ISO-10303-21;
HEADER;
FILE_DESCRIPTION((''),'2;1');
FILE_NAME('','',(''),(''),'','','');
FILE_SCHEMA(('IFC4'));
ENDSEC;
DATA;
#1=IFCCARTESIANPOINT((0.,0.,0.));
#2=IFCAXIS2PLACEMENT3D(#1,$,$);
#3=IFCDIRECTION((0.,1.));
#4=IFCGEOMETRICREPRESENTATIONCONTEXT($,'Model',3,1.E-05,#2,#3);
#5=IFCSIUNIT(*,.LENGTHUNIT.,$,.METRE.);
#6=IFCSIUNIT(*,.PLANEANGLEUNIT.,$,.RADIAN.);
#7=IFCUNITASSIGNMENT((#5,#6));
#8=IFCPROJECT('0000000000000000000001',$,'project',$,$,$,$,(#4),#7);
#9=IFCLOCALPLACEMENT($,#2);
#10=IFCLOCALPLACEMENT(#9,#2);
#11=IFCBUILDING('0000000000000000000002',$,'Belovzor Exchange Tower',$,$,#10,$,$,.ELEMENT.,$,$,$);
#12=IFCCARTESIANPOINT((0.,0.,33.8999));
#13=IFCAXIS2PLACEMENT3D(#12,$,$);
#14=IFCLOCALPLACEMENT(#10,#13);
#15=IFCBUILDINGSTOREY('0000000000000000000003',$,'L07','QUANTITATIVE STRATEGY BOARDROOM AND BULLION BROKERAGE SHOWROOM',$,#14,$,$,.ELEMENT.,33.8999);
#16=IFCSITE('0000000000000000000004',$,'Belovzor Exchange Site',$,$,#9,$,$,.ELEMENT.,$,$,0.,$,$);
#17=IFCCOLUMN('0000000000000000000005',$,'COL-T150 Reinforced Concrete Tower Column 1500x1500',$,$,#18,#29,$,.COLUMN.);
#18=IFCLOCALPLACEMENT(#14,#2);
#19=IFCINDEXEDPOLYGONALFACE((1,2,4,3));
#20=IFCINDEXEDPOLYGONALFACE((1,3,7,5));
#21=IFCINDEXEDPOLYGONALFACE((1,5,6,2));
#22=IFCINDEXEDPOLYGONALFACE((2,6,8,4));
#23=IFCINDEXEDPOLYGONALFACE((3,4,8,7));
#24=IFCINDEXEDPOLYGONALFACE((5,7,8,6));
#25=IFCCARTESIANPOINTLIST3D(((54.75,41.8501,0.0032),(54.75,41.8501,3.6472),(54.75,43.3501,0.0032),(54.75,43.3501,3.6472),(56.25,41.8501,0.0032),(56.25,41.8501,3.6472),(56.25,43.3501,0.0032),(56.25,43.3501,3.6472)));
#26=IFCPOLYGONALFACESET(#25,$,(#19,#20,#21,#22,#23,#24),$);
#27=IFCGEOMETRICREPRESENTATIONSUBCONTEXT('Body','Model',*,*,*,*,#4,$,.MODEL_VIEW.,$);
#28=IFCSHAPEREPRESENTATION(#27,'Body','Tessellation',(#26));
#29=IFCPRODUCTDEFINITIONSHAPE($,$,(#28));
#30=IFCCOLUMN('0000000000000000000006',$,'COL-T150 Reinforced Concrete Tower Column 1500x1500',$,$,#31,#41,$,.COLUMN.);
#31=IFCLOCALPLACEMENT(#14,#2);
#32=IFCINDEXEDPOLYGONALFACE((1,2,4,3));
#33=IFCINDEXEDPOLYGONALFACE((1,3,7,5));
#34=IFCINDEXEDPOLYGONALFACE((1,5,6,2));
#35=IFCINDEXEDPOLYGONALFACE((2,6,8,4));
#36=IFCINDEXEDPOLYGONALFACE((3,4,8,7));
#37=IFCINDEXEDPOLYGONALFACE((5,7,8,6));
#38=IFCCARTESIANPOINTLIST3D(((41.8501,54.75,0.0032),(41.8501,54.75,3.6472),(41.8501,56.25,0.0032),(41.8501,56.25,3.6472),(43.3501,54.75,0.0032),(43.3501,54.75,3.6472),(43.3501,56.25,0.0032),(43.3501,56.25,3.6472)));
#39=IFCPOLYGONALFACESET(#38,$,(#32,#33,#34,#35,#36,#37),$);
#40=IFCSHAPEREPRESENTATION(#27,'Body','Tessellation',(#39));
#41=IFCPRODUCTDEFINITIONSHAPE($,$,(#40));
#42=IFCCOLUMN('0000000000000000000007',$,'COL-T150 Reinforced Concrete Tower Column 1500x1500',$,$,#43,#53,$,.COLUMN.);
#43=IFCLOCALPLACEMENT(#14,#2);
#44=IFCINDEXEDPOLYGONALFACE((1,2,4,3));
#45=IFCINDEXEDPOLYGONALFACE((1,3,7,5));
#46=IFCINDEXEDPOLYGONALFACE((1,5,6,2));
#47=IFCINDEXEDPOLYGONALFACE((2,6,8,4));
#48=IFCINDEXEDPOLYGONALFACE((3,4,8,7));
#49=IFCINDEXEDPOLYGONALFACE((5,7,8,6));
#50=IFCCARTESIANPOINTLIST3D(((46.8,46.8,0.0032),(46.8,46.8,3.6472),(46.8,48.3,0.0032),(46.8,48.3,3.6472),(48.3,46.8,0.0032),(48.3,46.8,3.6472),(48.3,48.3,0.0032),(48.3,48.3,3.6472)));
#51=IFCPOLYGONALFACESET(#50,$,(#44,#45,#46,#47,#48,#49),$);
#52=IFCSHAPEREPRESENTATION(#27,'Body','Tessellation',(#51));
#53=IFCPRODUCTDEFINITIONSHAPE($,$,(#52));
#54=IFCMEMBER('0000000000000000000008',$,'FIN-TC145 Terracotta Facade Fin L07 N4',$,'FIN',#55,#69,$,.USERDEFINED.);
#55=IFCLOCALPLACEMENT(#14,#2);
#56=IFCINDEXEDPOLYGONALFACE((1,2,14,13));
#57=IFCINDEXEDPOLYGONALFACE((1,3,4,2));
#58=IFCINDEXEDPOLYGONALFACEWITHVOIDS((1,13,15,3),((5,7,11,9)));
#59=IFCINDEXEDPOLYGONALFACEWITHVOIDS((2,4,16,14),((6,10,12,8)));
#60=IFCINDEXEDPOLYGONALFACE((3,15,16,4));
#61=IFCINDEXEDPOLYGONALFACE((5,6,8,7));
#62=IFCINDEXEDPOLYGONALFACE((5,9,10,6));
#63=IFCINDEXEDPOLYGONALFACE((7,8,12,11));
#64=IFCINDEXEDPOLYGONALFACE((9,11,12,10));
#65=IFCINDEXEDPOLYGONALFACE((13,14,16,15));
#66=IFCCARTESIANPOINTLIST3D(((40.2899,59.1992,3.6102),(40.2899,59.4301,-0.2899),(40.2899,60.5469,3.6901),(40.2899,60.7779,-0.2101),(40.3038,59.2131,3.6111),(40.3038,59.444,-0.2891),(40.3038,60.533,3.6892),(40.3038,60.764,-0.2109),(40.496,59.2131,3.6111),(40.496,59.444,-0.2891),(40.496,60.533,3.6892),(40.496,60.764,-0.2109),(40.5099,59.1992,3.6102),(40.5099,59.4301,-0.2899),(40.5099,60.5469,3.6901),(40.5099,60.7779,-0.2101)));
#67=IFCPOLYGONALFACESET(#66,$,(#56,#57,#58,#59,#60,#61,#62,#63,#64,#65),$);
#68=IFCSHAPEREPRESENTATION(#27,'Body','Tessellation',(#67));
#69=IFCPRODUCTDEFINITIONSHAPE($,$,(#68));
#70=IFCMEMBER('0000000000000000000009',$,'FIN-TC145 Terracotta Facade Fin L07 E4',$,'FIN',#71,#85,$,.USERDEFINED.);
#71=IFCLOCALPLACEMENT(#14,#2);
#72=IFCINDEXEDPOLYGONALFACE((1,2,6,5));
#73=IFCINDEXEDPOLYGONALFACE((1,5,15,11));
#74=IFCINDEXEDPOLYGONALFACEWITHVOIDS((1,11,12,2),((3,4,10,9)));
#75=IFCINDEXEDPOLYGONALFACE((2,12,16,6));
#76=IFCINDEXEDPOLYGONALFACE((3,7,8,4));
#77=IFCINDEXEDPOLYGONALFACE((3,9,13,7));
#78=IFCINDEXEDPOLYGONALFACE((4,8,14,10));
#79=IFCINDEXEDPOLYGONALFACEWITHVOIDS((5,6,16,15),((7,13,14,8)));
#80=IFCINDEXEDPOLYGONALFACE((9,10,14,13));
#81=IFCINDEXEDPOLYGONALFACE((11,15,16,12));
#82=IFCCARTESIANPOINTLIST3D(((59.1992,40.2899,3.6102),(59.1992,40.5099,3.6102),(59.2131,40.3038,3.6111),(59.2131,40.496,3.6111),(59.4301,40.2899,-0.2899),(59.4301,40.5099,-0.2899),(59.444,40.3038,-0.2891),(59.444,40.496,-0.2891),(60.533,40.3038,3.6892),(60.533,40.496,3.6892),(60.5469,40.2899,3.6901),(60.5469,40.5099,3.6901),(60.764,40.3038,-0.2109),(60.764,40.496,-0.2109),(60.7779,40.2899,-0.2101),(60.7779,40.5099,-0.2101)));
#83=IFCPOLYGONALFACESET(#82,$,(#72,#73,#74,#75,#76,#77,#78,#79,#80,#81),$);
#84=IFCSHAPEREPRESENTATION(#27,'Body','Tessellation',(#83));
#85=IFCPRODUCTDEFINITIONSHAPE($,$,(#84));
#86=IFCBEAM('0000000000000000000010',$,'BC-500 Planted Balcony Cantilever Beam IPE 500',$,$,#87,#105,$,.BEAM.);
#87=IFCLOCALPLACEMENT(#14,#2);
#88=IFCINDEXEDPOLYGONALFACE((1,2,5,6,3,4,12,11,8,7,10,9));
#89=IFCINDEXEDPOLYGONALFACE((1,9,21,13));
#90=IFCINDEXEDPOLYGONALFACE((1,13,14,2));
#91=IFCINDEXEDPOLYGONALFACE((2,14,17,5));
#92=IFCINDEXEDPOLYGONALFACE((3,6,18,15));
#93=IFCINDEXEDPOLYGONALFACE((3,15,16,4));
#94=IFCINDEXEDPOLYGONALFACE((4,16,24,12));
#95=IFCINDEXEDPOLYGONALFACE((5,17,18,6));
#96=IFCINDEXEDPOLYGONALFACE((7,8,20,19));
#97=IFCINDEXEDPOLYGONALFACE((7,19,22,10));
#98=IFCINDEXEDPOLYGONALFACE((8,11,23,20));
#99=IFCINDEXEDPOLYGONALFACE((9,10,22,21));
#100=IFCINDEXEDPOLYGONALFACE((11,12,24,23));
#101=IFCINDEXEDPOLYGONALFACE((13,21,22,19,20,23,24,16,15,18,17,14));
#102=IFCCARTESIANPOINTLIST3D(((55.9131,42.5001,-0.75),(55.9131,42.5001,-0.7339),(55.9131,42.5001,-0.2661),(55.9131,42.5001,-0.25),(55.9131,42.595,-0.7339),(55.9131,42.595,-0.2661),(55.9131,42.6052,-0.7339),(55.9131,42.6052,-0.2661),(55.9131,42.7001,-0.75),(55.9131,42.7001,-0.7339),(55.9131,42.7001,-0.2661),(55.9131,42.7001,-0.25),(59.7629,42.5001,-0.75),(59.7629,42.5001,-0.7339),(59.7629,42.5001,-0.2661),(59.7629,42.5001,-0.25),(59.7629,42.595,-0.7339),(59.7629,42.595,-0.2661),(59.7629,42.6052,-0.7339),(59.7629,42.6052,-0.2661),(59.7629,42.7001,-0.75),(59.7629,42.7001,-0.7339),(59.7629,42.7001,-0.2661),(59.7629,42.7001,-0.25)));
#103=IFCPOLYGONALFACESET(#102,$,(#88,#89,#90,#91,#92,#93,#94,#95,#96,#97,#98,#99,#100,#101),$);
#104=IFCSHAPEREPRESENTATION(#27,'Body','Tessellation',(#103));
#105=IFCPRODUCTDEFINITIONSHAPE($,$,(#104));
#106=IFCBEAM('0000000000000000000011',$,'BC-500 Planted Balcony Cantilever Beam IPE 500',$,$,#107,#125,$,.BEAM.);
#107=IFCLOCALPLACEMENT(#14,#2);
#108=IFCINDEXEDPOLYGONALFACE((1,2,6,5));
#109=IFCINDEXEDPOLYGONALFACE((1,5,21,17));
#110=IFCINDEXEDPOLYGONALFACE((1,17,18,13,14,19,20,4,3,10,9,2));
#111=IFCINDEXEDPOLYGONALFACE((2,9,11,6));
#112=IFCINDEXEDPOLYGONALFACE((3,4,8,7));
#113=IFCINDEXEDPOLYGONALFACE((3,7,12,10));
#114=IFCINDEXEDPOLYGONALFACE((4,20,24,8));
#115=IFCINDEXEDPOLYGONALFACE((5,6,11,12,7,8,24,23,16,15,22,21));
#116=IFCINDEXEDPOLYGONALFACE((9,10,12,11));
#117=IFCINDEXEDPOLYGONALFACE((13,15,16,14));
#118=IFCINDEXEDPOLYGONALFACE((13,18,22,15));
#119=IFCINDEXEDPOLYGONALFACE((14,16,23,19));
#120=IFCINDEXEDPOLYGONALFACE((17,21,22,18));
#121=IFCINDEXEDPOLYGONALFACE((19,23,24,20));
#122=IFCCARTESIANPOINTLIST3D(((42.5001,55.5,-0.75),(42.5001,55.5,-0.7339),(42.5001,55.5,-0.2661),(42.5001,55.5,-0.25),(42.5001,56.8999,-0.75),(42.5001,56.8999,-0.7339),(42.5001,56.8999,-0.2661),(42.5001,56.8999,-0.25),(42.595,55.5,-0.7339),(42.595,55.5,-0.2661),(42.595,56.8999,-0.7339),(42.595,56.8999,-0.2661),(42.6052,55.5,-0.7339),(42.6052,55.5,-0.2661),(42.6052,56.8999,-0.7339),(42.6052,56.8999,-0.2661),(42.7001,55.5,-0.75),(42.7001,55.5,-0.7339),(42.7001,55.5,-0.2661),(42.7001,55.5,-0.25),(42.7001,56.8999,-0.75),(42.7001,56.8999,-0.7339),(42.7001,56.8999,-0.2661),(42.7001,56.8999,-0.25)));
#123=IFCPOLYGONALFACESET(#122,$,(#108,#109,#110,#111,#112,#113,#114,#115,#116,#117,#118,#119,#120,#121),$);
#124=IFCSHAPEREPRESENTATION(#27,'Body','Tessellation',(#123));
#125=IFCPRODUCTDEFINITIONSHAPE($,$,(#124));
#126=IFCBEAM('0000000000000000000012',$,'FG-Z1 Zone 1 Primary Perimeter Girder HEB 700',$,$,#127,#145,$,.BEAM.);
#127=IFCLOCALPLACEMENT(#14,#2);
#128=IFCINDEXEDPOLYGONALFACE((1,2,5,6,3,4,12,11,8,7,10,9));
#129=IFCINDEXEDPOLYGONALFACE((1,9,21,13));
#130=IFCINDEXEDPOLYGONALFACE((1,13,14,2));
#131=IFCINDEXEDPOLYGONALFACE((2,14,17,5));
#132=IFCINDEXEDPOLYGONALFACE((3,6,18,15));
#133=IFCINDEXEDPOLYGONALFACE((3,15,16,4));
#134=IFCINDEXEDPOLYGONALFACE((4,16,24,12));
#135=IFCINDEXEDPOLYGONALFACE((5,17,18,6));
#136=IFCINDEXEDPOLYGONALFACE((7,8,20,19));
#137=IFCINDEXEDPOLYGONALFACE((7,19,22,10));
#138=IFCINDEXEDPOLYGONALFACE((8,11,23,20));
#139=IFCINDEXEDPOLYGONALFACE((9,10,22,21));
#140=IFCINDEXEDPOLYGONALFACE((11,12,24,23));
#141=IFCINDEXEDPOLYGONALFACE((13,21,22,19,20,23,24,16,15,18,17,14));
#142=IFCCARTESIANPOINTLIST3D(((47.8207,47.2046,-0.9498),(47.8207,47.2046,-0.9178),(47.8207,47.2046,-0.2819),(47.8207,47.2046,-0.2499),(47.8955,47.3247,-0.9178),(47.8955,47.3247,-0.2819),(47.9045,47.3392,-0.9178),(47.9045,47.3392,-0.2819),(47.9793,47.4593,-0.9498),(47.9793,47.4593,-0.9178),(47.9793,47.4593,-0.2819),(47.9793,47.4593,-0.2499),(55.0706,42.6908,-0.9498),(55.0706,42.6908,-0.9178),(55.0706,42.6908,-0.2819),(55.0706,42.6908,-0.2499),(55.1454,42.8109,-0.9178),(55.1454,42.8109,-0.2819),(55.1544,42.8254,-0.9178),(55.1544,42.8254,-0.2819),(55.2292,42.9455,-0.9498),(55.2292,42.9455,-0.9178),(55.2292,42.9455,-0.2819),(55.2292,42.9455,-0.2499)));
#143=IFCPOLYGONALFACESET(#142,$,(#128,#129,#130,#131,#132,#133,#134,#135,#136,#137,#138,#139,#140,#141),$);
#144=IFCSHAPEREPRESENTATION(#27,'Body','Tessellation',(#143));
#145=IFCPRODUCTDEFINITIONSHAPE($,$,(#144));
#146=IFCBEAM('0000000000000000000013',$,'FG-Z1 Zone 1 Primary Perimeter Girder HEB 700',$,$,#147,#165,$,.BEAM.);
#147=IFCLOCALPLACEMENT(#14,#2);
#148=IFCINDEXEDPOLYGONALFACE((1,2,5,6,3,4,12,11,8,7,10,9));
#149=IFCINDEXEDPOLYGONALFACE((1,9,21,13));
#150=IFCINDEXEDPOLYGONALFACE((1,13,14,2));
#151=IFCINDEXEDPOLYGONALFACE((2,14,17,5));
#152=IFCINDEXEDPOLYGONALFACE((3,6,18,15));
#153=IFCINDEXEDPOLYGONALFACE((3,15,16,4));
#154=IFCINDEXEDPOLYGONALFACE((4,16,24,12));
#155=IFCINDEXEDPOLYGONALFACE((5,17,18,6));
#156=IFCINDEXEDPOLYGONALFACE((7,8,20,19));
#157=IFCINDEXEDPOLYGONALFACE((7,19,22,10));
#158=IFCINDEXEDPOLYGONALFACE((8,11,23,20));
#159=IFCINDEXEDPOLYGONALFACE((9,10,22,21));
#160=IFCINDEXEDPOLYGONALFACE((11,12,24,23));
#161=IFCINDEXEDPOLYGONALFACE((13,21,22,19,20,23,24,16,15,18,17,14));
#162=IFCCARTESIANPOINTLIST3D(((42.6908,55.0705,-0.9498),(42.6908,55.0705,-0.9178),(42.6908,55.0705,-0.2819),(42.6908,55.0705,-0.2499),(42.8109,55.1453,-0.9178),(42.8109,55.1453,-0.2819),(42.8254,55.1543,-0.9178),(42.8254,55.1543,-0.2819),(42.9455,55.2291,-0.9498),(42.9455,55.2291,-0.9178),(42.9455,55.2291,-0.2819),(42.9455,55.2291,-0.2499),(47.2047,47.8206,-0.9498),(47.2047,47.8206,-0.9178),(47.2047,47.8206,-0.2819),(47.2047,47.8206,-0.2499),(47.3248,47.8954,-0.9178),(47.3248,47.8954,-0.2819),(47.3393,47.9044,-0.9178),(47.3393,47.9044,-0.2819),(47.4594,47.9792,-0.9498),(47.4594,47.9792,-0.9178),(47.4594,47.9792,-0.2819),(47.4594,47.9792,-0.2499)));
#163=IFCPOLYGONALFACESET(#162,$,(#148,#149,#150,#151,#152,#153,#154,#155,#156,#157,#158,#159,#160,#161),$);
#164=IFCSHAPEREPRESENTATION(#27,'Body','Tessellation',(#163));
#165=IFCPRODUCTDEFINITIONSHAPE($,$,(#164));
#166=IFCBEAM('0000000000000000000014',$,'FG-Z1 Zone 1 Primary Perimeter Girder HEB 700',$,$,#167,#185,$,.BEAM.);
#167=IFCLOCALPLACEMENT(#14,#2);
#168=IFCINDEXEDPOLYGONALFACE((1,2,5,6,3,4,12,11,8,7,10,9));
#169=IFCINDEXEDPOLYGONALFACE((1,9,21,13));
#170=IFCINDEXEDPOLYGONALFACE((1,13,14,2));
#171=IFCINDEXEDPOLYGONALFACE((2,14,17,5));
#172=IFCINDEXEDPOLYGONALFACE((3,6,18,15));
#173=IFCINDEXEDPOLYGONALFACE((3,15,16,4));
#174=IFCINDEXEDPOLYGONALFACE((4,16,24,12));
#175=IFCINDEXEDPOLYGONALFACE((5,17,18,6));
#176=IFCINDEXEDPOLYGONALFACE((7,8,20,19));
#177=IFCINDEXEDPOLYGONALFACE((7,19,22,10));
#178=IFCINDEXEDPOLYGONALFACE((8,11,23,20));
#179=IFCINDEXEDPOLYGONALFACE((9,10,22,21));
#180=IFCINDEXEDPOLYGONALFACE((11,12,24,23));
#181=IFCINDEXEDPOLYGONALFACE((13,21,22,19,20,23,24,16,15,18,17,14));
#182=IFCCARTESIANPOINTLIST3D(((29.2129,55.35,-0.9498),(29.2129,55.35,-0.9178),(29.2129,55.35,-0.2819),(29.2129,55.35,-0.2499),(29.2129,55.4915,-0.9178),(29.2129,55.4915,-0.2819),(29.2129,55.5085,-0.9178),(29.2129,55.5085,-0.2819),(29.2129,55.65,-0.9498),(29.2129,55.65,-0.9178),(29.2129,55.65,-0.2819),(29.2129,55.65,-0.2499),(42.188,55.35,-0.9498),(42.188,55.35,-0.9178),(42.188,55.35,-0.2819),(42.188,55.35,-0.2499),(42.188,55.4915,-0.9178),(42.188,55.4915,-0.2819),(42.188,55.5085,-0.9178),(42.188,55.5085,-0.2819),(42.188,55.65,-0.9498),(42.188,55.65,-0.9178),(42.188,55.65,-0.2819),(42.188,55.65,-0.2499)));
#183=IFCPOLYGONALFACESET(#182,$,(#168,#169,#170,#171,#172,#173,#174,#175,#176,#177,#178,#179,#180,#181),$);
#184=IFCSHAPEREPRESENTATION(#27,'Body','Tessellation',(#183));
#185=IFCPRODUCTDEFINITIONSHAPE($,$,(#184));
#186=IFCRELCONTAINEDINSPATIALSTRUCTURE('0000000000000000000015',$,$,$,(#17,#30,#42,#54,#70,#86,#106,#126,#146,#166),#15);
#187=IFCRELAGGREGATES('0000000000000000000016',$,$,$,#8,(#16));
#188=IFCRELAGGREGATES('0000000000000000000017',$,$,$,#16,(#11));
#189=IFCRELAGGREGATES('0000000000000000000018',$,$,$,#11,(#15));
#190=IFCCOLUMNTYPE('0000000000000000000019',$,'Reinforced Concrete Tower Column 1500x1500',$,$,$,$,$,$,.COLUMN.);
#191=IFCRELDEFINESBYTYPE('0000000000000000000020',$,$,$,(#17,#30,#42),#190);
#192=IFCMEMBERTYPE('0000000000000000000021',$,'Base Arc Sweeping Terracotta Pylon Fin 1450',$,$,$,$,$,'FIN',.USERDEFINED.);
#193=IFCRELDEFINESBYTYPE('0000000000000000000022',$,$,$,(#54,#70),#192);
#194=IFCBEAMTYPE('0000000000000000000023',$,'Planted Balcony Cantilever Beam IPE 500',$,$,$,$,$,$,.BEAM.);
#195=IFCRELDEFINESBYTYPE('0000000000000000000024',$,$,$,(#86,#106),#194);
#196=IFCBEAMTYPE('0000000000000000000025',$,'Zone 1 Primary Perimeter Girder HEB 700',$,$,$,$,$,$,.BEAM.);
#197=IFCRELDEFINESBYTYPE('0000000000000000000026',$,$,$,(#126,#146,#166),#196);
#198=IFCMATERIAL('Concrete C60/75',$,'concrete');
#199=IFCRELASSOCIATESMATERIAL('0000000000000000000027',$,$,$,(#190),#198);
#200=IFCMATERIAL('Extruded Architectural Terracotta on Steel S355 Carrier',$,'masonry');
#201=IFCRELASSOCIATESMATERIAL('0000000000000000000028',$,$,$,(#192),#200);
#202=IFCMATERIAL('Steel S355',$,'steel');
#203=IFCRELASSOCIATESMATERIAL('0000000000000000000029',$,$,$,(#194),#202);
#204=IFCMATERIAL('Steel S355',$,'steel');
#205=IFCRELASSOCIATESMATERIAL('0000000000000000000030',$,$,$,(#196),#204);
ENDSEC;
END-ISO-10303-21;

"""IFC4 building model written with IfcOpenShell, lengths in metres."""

from ifc_helpers import new_model, si_unit, direction, frame, origin, origin_2d, place, context, subcontext, project, spatial, rectangle, hollow_rectangle, i_section, extrude, material, material_profile, profile_set, type_object, element, save


model = new_model("IFC4")

# Units and contexts
model_context = context("Model", 3, precision=1e-05, world=origin(), true_north=direction((0.0, 1.0)))
body_context = subcontext(model_context, "Body", "Model", "MODEL_VIEW")
ifc_project = project(units=[si_unit("LENGTHUNIT", "METRE"), si_unit("PLANEANGLEUNIT", "RADIAN")], contexts=[model_context])

# Site, building, storey
site_placement = place(None, origin())
site = spatial("IfcSite", under=ifc_project, at=site_placement, Name="Belovzor Exchange Site", CompositionType="ELEMENT", RefElevation=0.0)
building_placement = place(site_placement, origin())
building = spatial("IfcBuilding", under=site, at=building_placement, Name="Belovzor Exchange Tower", CompositionType="ELEMENT")
storey_placement = place(building_placement, frame((0.0, 0.0, 33.8999)))
storey = spatial("IfcBuildingStorey", under=building, at=storey_placement, Name="L07", Description="QUANTITATIVE STRATEGY BOARDROOM AND BULLION BROKERAGE SHOWROOM", CompositionType="ELEMENT", Elevation=33.8999)

# Columns
ifc_material_1 = material(Name="Concrete C60/75", Category="concrete")
ifc_material_profile_1 = material_profile(ifc_material_1, rectangle(XDim=1.5, YDim=1.5, at=origin_2d()))
ifc_profile_set_1 = profile_set([ifc_material_profile_1], Name="Concrete C60/75")
column_type = type_object("IfcColumnType", Name="Reinforced Concrete Tower Column 1500x1500", PredefinedType="COLUMN", material=ifc_profile_set_1)
for number, where, z_axis, x_axis, name in (
    (1, (55.5, 42.6001, 0.0032), (0.0, 0.0, 1.0), (1.0, 0.0, 0.0), "COL-T150 Reinforced Concrete Tower Column 1500x1500"),
    (2, (42.6001, 55.5, 0.0032), (0.0, 0.0, 1.0), (1.0, 0.0, 0.0), "COL-T150 Reinforced Concrete Tower Column 1500x1500"),
    (3, (47.55, 47.55, 0.0032), (0.0, 0.0, 1.0), (1.0, 0.0, 0.0), "COL-T150 Reinforced Concrete Tower Column 1500x1500"),
):
    element("IfcColumn", number, at=place(storey_placement, frame(where, z_axis=z_axis, x_axis=x_axis)), inside=storey, type_object=column_type, Name=name, PredefinedType="COLUMN", context=body_context, shape_type="SweptSolid", body=[
        extrude(rectangle(XDim=1.5, YDim=1.5, at=origin_2d()), origin(), (0.0, 0.0, 1.0), 3.644),
    ])

# Members
ifc_material_2 = material(Name="Extruded Architectural Terracotta on Steel S355 Carrier", Category="masonry")
ifc_material_profile_2 = material_profile(ifc_material_2, hollow_rectangle(XDim=0.22, YDim=1.3501, WallThickness=0.0139, at=origin_2d()))
ifc_profile_set_2 = profile_set([ifc_material_profile_2], Name="Extruded Architectural Terracotta on Steel S355 Carrier")
member_type = type_object("IfcMemberType", Name="Base Arc Sweeping Terracotta Pylon Fin 1450", ElementType="FIN", PredefinedType="USERDEFINED", material=ifc_profile_set_2)
for number, where, z_axis, x_axis, name in (
    (4, (40.3999, 60.104, -0.25), (0.0, -0.059114, 0.998251), (1.0, 0.0, 0.0), "FIN-TC145 Terracotta Facade Fin L07 N4"),
    (5, (60.104, 40.3999, -0.25), (-0.059114, 0.0, 0.998251), (0.0, -1.0, 0.0), "FIN-TC145 Terracotta Facade Fin L07 E4"),
):
    element("IfcMember", number, at=place(storey_placement, frame(where, z_axis=z_axis, x_axis=x_axis)), inside=storey, type_object=member_type, Name=name, ObjectType="FIN", PredefinedType="USERDEFINED", context=body_context, shape_type="SweptSolid", body=[
        extrude(hollow_rectangle(XDim=0.22, YDim=1.3501, WallThickness=0.0139, at=origin_2d()), origin(), (0.0, 0.0, 1.0), 3.907),
    ])

# Beams
ifc_material_3 = material(Name="Steel S355", Category="steel")
ifc_material_profile_3 = material_profile(ifc_material_3, i_section(OverallWidth=0.2, OverallDepth=0.5, WebThickness=0.0103, FlangeThickness=0.0161, at=origin_2d()))
ifc_profile_set_3 = profile_set([ifc_material_profile_3], Name="Steel S355")
beam_type_1 = type_object("IfcBeamType", Name="Planted Balcony Cantilever Beam IPE 500", PredefinedType="BEAM", material=ifc_profile_set_3)
beam_1_placement = place(storey_placement, frame((55.9131, 42.6001, -0.5), z_axis=(1.0, 0.0, 0.0), x_axis=(0.0, 1.0, 0.0)))
element("IfcBeam", 6, at=beam_1_placement, inside=storey, type_object=beam_type_1, Name="BC-500 Planted Balcony Cantilever Beam IPE 500", PredefinedType="BEAM", context=body_context, shape_type="SweptSolid", body=[
    extrude(i_section(OverallWidth=0.2, OverallDepth=0.5, WebThickness=0.0103, FlangeThickness=0.0161, at=origin_2d()), origin(), (0.0, 0.0, 1.0), 3.8499),
])
beam_2_placement = place(storey_placement, frame((42.6001, 55.5, -0.5), z_axis=(0.0, 1.0, 0.0), x_axis=(-1.0, 0.0, 0.0)))
element("IfcBeam", 7, at=beam_2_placement, inside=storey, type_object=beam_type_1, Name="BC-500 Planted Balcony Cantilever Beam IPE 500", PredefinedType="BEAM", context=body_context, shape_type="SweptSolid", body=[
    extrude(i_section(OverallWidth=0.2, OverallDepth=0.5, WebThickness=0.0103, FlangeThickness=0.0161, at=origin_2d()), origin(), (0.0, 0.0, 1.0), 1.3999),
])
ifc_material_4 = material(Name="Steel S355", Category="steel")
ifc_material_profile_4 = material_profile(ifc_material_4, i_section(OverallWidth=0.3, OverallDepth=0.7, WebThickness=0.0171, FlangeThickness=0.032, at=origin_2d()))
ifc_profile_set_4 = profile_set([ifc_material_profile_4], Name="Steel S355")
beam_type_2 = type_object("IfcBeamType", Name="Zone 1 Primary Perimeter Girder HEB 700", PredefinedType="BEAM", material=ifc_profile_set_4)
for number, where, z_axis, x_axis, name in (
    (8, (55.1499, 42.8181, -0.5999), (-0.848909, 0.528539, 0.0), (-0.528539, -0.848909, 0.0), "FG-Z1 Zone 1 Primary Perimeter Girder HEB 700"),
    (9, (47.332, 47.8999, -0.5999), (-0.528539, 0.848909, 0.0), (-0.848909, -0.528539, 0.0), "FG-Z1 Zone 1 Primary Perimeter Girder HEB 700"),
):
    element("IfcBeam", number, at=place(storey_placement, frame(where, z_axis=z_axis, x_axis=x_axis)), inside=storey, type_object=beam_type_2, Name=name, PredefinedType="BEAM", context=body_context, shape_type="SweptSolid", body=[
        extrude(i_section(OverallWidth=0.3, OverallDepth=0.7, WebThickness=0.0171, FlangeThickness=0.032, at=origin_2d()), origin(), (0.0, 0.0, 1.0), 8.5403),
    ])
beam_3_placement = place(storey_placement, frame((42.188, 55.5, -0.5999), z_axis=(-1.0, 0.0, 0.0), x_axis=(0.0, -1.0, 0.0)))
element("IfcBeam", 10, at=beam_3_placement, inside=storey, type_object=beam_type_2, Name="FG-Z1 Zone 1 Primary Perimeter Girder HEB 700", PredefinedType="BEAM", context=body_context, shape_type="SweptSolid", body=[
    extrude(i_section(OverallWidth=0.3, OverallDepth=0.7, WebThickness=0.0171, FlangeThickness=0.032, at=origin_2d()), origin(), (0.0, 0.0, 1.0), 12.9751),
])

save(model, "model.ifc")
